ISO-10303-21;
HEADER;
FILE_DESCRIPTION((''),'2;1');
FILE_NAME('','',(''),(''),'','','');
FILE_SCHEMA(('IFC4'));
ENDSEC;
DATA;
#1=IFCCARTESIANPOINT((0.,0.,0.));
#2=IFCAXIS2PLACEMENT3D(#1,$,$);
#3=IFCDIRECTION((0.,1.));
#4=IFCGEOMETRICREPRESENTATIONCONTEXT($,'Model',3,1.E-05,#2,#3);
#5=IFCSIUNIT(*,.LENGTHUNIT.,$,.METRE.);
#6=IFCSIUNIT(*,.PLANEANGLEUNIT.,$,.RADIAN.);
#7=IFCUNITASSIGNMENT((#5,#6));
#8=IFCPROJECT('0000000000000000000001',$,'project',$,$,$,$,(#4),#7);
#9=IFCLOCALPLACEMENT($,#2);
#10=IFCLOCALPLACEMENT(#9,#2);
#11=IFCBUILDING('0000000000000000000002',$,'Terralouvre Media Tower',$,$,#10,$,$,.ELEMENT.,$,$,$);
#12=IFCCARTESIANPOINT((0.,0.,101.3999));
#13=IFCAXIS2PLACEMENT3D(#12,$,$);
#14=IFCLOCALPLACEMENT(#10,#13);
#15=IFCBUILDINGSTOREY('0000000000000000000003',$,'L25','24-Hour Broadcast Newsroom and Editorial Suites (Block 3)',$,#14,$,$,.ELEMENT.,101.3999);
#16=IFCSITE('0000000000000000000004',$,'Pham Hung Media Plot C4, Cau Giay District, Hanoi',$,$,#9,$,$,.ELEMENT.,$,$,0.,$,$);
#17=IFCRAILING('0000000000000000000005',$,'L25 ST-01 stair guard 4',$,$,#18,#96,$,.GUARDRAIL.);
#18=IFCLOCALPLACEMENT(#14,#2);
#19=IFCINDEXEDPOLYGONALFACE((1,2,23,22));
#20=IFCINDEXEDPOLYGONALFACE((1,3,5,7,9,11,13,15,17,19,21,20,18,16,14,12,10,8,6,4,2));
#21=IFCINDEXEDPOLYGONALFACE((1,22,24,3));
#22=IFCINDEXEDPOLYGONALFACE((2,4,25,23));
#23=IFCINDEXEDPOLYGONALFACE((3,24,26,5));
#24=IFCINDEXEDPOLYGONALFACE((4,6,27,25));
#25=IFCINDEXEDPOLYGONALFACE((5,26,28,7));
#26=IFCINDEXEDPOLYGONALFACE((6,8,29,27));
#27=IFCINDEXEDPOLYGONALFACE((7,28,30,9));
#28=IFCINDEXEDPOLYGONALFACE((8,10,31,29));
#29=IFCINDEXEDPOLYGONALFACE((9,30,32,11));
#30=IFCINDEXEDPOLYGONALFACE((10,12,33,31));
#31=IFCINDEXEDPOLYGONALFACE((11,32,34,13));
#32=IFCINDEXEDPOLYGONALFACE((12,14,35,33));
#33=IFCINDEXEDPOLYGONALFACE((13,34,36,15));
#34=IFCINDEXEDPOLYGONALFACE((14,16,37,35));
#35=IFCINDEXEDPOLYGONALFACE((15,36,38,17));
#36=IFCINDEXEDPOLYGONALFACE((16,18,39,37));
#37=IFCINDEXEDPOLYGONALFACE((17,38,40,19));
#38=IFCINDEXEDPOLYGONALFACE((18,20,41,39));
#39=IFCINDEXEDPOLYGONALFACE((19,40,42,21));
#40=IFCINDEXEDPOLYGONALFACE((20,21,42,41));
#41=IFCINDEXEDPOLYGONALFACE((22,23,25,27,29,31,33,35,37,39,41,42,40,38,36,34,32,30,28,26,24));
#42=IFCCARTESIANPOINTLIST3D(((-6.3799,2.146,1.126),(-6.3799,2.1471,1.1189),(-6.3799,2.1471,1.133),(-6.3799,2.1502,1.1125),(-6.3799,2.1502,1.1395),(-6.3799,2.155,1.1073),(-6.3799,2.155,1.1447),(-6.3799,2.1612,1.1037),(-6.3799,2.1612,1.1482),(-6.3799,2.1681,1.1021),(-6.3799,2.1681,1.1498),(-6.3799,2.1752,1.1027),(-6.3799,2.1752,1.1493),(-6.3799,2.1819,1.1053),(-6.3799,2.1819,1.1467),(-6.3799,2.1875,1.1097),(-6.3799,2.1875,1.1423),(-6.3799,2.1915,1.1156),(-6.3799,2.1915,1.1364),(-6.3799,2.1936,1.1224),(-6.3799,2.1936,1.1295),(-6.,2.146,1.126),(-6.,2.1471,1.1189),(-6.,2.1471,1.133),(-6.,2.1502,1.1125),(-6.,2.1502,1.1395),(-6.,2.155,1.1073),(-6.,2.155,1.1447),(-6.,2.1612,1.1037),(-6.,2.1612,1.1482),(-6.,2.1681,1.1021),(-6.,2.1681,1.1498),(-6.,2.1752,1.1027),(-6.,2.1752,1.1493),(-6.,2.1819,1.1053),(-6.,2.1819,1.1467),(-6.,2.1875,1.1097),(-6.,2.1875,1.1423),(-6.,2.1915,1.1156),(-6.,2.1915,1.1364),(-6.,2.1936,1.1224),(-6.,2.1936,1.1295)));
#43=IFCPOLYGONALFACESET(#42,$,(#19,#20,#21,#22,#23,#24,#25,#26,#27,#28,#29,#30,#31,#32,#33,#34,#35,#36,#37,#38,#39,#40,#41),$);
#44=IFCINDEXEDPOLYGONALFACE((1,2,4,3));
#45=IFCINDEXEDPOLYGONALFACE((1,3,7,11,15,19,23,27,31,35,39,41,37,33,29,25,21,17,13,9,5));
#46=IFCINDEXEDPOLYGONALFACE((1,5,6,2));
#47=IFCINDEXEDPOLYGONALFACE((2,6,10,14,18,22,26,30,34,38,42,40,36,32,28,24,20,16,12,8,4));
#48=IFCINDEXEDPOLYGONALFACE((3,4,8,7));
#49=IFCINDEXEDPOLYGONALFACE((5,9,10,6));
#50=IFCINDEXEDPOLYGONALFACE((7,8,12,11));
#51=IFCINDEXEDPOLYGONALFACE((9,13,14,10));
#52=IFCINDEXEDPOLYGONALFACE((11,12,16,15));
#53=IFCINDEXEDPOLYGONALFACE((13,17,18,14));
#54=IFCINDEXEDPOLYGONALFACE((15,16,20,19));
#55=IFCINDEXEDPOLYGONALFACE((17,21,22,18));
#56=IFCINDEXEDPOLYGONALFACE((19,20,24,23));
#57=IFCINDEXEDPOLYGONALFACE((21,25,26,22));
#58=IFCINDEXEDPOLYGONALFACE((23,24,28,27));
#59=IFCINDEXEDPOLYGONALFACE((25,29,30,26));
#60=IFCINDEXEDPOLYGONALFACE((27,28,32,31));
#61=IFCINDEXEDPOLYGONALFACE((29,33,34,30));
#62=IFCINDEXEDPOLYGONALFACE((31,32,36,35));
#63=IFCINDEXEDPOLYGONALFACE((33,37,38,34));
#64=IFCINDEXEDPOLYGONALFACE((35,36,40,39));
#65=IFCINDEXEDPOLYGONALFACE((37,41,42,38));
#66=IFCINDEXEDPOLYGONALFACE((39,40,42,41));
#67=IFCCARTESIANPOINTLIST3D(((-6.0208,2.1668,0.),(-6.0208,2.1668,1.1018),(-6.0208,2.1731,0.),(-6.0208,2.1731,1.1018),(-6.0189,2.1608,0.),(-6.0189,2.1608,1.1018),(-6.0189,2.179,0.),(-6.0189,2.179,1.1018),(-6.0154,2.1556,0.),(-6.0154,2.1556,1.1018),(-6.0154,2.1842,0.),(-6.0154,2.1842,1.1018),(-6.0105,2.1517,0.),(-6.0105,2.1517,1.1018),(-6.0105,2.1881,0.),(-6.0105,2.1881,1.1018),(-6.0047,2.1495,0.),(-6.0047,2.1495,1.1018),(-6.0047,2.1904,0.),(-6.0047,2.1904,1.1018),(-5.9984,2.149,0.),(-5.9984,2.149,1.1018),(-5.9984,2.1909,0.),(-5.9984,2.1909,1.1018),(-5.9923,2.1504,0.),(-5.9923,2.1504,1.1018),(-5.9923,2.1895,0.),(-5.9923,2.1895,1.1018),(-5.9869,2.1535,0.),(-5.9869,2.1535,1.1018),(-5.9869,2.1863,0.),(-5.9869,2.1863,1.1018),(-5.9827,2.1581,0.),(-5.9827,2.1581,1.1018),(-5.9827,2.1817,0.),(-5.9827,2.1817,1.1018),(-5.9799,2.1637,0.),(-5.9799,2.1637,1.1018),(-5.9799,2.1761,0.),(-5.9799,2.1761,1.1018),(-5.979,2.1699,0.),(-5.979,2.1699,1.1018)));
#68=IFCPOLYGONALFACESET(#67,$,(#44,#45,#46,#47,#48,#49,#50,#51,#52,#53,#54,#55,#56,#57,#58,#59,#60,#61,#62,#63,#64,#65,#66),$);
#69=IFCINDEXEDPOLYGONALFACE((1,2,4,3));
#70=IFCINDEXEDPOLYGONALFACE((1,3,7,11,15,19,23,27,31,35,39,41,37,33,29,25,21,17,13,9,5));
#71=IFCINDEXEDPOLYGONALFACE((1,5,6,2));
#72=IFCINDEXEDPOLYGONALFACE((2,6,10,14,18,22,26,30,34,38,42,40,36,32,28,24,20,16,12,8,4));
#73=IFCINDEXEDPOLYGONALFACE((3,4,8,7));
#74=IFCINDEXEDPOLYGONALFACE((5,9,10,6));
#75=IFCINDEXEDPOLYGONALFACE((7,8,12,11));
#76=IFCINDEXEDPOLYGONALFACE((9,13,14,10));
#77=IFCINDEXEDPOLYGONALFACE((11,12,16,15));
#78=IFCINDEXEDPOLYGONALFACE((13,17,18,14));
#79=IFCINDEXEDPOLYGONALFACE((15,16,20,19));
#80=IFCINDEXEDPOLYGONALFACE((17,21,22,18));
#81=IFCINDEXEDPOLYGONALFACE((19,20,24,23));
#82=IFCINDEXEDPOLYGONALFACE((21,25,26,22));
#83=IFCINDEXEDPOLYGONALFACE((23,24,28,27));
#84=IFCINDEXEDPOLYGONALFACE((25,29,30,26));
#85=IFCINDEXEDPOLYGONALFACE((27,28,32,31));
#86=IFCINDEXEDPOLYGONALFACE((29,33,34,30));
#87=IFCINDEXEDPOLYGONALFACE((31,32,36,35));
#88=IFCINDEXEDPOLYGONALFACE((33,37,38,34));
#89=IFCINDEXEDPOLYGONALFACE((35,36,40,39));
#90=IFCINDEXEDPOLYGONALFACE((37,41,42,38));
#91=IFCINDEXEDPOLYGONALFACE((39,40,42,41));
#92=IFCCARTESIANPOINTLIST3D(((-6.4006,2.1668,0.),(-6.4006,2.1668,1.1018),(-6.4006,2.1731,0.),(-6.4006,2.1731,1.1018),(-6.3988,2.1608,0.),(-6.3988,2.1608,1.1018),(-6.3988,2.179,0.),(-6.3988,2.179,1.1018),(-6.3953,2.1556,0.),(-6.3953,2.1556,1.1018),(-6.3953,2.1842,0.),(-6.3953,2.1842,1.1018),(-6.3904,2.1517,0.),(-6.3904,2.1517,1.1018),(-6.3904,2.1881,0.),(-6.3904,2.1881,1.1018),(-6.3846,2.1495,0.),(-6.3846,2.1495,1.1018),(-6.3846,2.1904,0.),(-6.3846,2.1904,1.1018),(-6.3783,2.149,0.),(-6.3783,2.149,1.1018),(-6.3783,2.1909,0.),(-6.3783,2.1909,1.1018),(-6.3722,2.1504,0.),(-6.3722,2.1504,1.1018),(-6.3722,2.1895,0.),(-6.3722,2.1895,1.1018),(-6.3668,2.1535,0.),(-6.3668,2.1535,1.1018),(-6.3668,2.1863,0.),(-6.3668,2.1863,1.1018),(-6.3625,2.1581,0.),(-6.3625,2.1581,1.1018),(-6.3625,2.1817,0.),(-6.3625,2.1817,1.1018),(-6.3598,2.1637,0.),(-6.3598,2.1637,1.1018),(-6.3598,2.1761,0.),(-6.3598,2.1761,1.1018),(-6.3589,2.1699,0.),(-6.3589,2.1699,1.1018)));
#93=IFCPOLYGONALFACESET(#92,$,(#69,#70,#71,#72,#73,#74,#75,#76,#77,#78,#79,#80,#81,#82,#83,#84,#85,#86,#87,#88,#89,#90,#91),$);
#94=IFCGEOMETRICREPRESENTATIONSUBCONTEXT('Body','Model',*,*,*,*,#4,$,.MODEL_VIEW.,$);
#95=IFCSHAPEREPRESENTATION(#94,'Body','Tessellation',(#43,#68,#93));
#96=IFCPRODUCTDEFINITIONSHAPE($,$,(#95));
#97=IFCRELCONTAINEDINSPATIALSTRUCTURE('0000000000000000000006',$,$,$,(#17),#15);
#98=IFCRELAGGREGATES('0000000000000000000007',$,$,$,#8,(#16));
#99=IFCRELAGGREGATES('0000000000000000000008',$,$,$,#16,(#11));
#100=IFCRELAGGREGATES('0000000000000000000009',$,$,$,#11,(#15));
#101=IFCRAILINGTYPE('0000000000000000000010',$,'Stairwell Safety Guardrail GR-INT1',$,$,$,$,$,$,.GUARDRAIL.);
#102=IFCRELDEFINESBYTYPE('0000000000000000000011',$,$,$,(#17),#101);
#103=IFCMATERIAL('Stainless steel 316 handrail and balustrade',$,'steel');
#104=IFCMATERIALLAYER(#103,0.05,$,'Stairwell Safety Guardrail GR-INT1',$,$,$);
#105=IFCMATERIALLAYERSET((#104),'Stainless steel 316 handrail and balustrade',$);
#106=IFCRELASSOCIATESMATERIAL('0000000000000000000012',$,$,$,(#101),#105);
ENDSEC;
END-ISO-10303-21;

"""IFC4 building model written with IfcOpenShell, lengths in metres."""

from ifc_helpers import new_model, si_unit, direction, frame, origin, origin_2d, place, context, subcontext, project, spatial, circle, extrude, material, layer, layer_set, type_object, element, save


model = new_model("IFC4")

# Units and contexts
model_context = context("Model", 3, precision=1e-05, world=origin(), true_north=direction((0.0, 1.0)))
body_context = subcontext(model_context, "Body", "Model", "MODEL_VIEW")
ifc_project = project(units=[si_unit("LENGTHUNIT", "METRE"), si_unit("PLANEANGLEUNIT", "RADIAN")], contexts=[model_context])

# Site, building, storey
site_placement = place(None, origin())
site = spatial("IfcSite", under=ifc_project, at=site_placement, Name="Pham Hung Media Plot C4, Cau Giay District, Hanoi", CompositionType="ELEMENT", RefElevation=0.0)
building_placement = place(site_placement, origin())
building = spatial("IfcBuilding", under=site, at=building_placement, Name="Terralouvre Media Tower", CompositionType="ELEMENT")
storey_placement = place(building_placement, frame((0.0, 0.0, 101.3999)))
storey = spatial("IfcBuildingStorey", under=building, at=storey_placement, Name="L25", Description="24-Hour Broadcast Newsroom and Editorial Suites (Block 3)", CompositionType="ELEMENT", Elevation=101.3999)

# Railing
ifc_material_1 = material(Name="Stainless steel 316 handrail and balustrade", Category="steel")
ifc_layer_1 = layer(ifc_material_1, 0.05, Name="Stairwell Safety Guardrail GR-INT1")
ifc_layer_set_1 = layer_set([ifc_layer_1], Name="Stainless steel 316 handrail and balustrade")
railing_type_1 = type_object("IfcRailingType", Name="Stairwell Safety Guardrail GR-INT1", PredefinedType="GUARDRAIL", material=ifc_layer_set_1)
railing_1_placement = place(storey_placement, frame((-6.0, 2.1699, 0.0)))
element("IfcRailing", 1, at=railing_1_placement, inside=storey, type_object=railing_type_1, Name="L25 ST-01 stair guard 4", PredefinedType="GUARDRAIL", context=body_context, shape_type="SweptSolid", body=[
    extrude(circle(Radius=0.0239, at=origin_2d()), frame((0.0, 0.0, 1.126), z_axis=(-1.0, 0.0, 0.0), x_axis=(0.0, -1.0, 0.0)), (0.0, 0.0, 1.0), 0.3799),
    extrude(circle(Radius=0.021, at=origin_2d()), origin(), (0.0, 0.0, 1.0), 1.1018),
    extrude(circle(Radius=0.021, at=origin_2d()), frame((-0.3799, 0.0, 0.0)), (0.0, 0.0, 1.0), 1.1018),
])

save(model, "model.ifc")
